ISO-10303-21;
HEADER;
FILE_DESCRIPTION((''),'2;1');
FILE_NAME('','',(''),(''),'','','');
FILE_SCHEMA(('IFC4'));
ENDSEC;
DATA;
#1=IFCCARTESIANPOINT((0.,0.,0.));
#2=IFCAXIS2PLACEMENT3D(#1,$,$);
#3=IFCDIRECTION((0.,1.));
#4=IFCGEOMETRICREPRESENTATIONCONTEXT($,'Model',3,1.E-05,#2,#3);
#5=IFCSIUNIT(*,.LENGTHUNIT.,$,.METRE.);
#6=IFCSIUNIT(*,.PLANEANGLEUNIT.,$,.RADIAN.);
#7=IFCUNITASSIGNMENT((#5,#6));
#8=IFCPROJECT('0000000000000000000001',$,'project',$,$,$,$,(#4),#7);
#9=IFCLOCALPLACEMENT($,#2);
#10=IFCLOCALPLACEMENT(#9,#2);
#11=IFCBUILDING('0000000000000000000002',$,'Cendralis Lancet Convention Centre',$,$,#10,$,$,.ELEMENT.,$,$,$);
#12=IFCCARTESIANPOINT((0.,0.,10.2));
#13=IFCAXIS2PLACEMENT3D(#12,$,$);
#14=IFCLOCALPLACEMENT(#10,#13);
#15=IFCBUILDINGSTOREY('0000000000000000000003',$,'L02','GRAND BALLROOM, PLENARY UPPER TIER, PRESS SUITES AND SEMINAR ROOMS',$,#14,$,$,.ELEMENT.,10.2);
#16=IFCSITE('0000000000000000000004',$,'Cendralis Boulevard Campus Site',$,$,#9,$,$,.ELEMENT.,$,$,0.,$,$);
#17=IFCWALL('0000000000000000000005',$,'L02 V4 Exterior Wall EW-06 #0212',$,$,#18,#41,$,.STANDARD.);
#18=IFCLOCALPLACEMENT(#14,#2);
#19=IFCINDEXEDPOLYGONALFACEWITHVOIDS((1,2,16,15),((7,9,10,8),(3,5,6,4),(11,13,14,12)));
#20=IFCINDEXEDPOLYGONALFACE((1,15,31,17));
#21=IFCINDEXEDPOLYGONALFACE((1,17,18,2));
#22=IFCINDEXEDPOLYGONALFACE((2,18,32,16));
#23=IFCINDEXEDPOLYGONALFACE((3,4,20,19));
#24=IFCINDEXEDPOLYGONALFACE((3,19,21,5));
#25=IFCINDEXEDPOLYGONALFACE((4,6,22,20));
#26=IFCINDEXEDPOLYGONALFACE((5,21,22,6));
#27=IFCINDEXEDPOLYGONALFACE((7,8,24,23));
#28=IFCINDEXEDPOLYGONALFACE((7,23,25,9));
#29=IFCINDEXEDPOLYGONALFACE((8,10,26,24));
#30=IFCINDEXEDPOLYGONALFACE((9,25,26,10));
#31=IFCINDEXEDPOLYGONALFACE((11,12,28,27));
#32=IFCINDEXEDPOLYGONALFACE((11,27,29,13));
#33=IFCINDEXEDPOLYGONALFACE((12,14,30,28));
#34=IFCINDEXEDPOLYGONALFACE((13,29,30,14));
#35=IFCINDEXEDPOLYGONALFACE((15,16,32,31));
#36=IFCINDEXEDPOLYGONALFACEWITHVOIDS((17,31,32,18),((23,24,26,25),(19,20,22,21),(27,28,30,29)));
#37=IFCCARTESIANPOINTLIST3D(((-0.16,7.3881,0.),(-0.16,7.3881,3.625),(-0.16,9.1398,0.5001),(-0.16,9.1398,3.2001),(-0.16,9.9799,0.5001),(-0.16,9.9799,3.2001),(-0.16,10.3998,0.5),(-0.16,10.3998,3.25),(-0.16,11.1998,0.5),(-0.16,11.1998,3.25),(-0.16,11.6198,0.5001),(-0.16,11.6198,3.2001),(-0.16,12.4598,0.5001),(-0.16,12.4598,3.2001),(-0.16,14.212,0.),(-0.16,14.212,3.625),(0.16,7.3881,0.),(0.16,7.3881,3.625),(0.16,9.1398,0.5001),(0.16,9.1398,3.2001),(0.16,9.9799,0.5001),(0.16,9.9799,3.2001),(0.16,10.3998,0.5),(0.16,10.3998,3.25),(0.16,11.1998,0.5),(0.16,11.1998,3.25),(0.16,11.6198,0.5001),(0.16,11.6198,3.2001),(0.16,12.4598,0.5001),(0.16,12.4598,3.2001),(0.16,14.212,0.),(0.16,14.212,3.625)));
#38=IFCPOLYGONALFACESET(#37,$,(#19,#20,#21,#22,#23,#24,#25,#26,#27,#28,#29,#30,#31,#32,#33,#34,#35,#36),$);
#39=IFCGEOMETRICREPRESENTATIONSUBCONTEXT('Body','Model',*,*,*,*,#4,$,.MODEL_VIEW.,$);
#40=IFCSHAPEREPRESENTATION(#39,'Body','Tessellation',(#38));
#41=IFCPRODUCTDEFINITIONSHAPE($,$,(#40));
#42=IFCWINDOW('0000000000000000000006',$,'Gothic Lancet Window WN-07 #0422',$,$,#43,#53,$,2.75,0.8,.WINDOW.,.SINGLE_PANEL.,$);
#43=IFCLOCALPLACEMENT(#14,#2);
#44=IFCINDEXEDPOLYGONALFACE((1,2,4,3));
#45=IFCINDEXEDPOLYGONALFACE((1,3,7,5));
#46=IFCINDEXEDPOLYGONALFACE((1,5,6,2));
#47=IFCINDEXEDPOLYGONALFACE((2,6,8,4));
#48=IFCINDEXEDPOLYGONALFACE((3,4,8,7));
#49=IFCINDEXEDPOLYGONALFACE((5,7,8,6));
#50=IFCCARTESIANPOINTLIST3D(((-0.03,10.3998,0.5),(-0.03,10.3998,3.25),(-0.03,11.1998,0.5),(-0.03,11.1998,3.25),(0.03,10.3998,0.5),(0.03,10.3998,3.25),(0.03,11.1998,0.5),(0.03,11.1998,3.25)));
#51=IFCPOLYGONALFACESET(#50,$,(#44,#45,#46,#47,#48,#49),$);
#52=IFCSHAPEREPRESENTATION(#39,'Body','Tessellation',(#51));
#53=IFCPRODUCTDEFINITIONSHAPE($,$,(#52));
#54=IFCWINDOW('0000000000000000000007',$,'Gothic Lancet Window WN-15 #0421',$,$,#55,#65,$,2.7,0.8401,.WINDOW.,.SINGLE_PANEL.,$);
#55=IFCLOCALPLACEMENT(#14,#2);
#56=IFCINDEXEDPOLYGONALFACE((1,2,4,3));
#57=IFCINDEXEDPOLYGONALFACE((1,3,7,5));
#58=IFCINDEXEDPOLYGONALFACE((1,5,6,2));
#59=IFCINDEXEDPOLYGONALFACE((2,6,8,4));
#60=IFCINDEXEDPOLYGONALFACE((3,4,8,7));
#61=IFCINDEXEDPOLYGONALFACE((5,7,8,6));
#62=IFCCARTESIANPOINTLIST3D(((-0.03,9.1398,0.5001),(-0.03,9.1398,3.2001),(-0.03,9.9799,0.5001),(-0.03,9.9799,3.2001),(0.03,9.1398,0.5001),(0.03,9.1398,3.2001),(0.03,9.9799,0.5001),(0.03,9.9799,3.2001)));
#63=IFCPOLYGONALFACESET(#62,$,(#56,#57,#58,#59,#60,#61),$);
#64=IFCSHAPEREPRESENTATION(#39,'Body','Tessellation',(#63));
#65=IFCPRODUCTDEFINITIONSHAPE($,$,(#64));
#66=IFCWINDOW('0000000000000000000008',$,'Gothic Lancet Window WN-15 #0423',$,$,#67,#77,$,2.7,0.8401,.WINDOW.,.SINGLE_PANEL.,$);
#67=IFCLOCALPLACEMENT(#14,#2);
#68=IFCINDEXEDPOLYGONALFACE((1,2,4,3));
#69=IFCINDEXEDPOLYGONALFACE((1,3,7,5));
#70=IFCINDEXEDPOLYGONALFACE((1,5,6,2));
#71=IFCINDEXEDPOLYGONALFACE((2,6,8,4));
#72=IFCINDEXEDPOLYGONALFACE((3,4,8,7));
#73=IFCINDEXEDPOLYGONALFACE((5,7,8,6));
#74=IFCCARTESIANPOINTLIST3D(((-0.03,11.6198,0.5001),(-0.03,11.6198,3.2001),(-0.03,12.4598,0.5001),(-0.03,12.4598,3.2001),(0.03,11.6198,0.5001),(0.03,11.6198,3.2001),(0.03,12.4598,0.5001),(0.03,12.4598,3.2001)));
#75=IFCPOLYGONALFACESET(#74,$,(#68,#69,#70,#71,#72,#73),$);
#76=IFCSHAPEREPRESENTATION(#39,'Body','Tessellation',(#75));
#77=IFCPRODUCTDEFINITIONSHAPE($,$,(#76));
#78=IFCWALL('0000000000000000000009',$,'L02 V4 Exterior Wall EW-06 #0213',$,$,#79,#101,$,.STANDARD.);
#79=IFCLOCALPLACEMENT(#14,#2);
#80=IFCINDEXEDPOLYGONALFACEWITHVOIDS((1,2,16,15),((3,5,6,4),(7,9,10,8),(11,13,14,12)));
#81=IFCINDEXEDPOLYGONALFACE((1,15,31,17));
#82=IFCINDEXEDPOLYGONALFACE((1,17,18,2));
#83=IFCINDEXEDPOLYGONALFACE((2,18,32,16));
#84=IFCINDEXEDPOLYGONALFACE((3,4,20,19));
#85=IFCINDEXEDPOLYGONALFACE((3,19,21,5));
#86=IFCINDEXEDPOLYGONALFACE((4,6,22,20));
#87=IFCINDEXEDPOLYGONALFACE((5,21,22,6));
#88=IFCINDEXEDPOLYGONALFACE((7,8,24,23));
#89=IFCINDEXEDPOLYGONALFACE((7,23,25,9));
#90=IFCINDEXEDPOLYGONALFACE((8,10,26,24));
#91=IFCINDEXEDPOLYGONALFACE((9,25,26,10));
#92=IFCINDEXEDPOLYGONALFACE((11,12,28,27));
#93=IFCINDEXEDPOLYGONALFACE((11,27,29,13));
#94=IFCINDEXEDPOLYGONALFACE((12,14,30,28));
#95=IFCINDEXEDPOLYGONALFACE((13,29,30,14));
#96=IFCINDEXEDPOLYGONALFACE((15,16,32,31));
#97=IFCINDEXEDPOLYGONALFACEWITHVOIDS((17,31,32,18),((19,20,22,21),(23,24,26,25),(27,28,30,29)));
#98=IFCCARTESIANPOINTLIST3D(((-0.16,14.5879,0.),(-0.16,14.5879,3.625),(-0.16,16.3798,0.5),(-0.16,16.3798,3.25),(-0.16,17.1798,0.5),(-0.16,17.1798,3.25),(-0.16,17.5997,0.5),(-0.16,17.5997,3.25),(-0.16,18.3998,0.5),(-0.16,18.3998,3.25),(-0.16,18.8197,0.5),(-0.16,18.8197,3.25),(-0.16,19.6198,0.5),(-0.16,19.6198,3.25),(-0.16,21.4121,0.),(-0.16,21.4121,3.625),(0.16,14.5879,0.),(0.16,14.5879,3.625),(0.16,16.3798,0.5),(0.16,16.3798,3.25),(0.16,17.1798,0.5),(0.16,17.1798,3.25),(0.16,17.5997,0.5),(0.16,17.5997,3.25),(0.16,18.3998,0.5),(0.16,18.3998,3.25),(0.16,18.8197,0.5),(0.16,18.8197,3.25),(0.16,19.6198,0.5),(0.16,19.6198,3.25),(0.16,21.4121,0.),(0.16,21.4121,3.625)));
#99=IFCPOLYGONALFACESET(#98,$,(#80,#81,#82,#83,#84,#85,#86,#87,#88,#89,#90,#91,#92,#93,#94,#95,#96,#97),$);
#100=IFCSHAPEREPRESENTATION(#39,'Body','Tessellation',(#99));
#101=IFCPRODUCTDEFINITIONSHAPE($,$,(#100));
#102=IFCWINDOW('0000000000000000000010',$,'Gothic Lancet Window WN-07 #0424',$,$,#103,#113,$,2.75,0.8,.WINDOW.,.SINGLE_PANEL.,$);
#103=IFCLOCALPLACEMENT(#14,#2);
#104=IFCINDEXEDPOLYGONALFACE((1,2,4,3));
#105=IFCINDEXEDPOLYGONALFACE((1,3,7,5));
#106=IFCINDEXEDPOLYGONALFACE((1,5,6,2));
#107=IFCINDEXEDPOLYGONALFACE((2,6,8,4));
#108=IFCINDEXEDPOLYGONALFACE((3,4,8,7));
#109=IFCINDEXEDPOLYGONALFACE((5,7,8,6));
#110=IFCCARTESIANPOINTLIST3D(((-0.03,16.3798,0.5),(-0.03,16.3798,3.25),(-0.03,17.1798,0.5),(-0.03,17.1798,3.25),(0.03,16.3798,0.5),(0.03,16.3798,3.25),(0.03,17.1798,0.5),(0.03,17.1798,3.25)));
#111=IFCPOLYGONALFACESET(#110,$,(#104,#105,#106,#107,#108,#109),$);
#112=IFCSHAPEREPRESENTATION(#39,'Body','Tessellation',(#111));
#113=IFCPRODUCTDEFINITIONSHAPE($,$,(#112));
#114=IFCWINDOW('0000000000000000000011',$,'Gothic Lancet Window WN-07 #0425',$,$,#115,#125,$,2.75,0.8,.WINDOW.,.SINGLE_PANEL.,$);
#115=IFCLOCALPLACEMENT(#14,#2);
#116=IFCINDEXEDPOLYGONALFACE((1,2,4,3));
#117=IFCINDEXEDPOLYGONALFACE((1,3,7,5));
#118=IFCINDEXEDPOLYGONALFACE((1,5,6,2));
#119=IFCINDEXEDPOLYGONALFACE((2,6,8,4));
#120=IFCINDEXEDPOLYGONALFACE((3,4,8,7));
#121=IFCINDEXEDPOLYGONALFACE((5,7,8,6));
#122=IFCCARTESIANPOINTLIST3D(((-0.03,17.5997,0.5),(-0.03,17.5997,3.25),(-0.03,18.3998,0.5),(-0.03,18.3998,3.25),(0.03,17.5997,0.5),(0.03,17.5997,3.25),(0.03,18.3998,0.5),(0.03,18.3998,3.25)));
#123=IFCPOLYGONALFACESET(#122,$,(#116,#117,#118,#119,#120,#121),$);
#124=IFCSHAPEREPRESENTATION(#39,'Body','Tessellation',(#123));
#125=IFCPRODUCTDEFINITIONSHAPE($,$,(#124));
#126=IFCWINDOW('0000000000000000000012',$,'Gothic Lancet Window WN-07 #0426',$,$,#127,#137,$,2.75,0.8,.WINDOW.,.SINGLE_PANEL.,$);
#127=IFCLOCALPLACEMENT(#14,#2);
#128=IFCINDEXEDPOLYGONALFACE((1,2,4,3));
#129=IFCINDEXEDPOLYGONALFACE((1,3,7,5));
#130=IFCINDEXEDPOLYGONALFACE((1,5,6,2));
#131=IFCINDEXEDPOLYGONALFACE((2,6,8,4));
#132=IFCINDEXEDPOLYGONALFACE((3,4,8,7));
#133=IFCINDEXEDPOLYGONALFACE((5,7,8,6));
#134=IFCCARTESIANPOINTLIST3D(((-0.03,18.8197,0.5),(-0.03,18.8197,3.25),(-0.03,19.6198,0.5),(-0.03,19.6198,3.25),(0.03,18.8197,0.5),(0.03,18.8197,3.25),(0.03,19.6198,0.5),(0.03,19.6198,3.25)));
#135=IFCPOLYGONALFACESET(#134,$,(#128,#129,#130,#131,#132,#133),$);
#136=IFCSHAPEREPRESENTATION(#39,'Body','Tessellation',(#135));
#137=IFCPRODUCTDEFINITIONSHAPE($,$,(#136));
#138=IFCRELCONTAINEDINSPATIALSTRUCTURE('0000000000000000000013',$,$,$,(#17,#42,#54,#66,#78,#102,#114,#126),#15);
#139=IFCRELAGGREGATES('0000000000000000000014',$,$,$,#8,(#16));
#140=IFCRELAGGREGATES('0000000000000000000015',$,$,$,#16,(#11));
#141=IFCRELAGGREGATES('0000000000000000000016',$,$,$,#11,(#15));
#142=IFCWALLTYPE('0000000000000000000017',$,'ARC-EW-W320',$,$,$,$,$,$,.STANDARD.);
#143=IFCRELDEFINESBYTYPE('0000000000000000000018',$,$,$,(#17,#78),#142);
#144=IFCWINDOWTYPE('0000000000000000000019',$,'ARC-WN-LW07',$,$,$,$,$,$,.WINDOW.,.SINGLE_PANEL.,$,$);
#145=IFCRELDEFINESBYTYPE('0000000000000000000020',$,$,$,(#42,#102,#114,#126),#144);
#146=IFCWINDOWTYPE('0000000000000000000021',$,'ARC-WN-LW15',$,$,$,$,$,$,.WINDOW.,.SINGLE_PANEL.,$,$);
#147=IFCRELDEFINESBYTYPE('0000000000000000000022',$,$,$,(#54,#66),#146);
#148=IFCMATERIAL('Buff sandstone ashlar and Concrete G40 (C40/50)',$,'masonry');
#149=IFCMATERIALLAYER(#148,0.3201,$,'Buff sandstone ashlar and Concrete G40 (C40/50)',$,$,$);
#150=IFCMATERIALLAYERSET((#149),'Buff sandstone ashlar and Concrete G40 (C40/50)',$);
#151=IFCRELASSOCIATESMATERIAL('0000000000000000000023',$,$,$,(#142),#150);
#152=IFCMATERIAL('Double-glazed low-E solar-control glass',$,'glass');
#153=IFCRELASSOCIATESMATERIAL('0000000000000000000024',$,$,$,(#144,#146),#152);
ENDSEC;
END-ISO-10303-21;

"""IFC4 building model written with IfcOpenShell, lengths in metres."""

from ifc_helpers import new_model, si_unit, direction, frame, frame_2d, origin, place, context, subcontext, project, spatial, rectangle, extrude, material, layer, layer_set, type_object, element, fill, save


model = new_model("IFC4")

# Units and contexts
model_context = context("Model", 3, precision=1e-05, world=origin(), true_north=direction((0.0, 1.0)))
body_context = subcontext(model_context, "Body", "Model", "MODEL_VIEW")
ifc_project = project(units=[si_unit("LENGTHUNIT", "METRE"), si_unit("PLANEANGLEUNIT", "RADIAN")], contexts=[model_context])

# Site, building, storey
site_placement = place(None, origin())
site = spatial("IfcSite", under=ifc_project, at=site_placement, Name="Cendralis Boulevard Campus Site", CompositionType="ELEMENT", RefElevation=0.0)
building_placement = place(site_placement, origin())
building = spatial("IfcBuilding", under=site, at=building_placement, Name="Cendralis Lancet Convention Centre", CompositionType="ELEMENT")
storey_placement = place(building_placement, frame((0.0, 0.0, 10.2)))
storey = spatial("IfcBuildingStorey", under=building, at=storey_placement, Name="L02", Description="GRAND BALLROOM, PLENARY UPPER TIER, PRESS SUITES AND SEMINAR ROOMS", CompositionType="ELEMENT", Elevation=10.2)

# Walls, openings, windows
ifc_material_1 = material(Name="Buff sandstone ashlar and Concrete G40 (C40/50)", Category="masonry")
ifc_layer_1 = layer(ifc_material_1, 0.3201, Name="Buff sandstone ashlar and Concrete G40 (C40/50)")
ifc_layer_set_1 = layer_set([ifc_layer_1], Name="Buff sandstone ashlar and Concrete G40 (C40/50)")
wall_type_1 = type_object("IfcWallType", Name="ARC-EW-W320", PredefinedType="STANDARD", material=ifc_layer_set_1)
wall_1_placement = place(storey_placement, frame((0.0, 7.3879, 0.0), z_axis=(0.0, 0.0, 1.0), x_axis=(0.0, 1.0, 0.0)))
wall_1 = element("IfcWall", 1, at=wall_1_placement, inside=storey, type_object=wall_type_1, Name="L02 V4 Exterior Wall EW-06 #0212", PredefinedType="STANDARD", context=body_context, shape_type="SweptSolid", body=[
    extrude(rectangle(XDim=6.824, YDim=0.3201, at=frame_2d((3.4121, 0.0))), origin(), (0.0, 0.0, 1.0), 3.625),
])
opening_1_placement = place(wall_1_placement, frame((1.752, 0.0, 0.5)))
opening_1 = element("IfcOpeningElement", 2, at=opening_1_placement, cuts=wall_1, PredefinedType="OPENING", context=body_context, shape_type="SweptSolid", body=[
    extrude(rectangle(XDim=0.8401, YDim=2.7, at=frame_2d((0.4199, 1.3501))), frame((0.0, 0.1699, 0.0), z_axis=(0.0, -1.0, 0.0), x_axis=(1.0, 0.0, 0.0)), (0.0, 0.0, 1.0), 0.3401),
])
opening_2_placement = place(wall_1_placement, frame((3.012, 0.0, 0.5)))
opening_2 = element("IfcOpeningElement", 3, at=opening_2_placement, cuts=wall_1, PredefinedType="OPENING", context=body_context, shape_type="SweptSolid", body=[
    extrude(rectangle(XDim=0.8, YDim=2.75, at=frame_2d((0.3999, 1.375))), frame((0.0, 0.1699, 0.0), z_axis=(0.0, -1.0, 0.0), x_axis=(1.0, 0.0, 0.0)), (0.0, 0.0, 1.0), 0.3401),
])
opening_3_placement = place(wall_1_placement, frame((4.2319, 0.0, 0.5)))
opening_3 = element("IfcOpeningElement", 4, at=opening_3_placement, cuts=wall_1, PredefinedType="OPENING", context=body_context, shape_type="SweptSolid", body=[
    extrude(rectangle(XDim=0.8401, YDim=2.7, at=frame_2d((0.4199, 1.3501))), frame((0.0, 0.1699, 0.0), z_axis=(0.0, -1.0, 0.0), x_axis=(1.0, 0.0, 0.0)), (0.0, 0.0, 1.0), 0.3401),
])
ifc_material_2 = material(Name="Double-glazed low-E solar-control glass", Category="glass")
window_type_1 = type_object("IfcWindowType", Name="ARC-WN-LW07", PartitioningType="SINGLE_PANEL", PredefinedType="WINDOW", material=ifc_material_2)
window_1_placement = place(opening_2_placement, origin())
window_1 = element("IfcWindow", 5, at=window_1_placement, inside=storey, type_object=window_type_1, Name="Gothic Lancet Window WN-07 #0422", OverallHeight=2.75, OverallWidth=0.8, PartitioningType="SINGLE_PANEL", PredefinedType="WINDOW", context=body_context, shape_type="SweptSolid", body=[
    extrude(rectangle(XDim=0.8, YDim=2.75, at=frame_2d((0.3999, 1.375))), frame((0.0, 0.03, 0.0), z_axis=(0.0, -1.0, 0.0), x_axis=(1.0, 0.0, 0.0)), (0.0, 0.0, 1.0), 0.0601),
])
fill(opening_2, window_1)
window_type_2 = type_object("IfcWindowType", Name="ARC-WN-LW15", PartitioningType="SINGLE_PANEL", PredefinedType="WINDOW", material=ifc_material_2)
window_2_placement = place(opening_1_placement, origin())
window_2 = element("IfcWindow", 6, at=window_2_placement, inside=storey, type_object=window_type_2, Name="Gothic Lancet Window WN-15 #0421", OverallHeight=2.7, OverallWidth=0.8401, PartitioningType="SINGLE_PANEL", PredefinedType="WINDOW", context=body_context, shape_type="SweptSolid", body=[
    extrude(rectangle(XDim=0.8401, YDim=2.7, at=frame_2d((0.4199, 1.3501))), frame((0.0, 0.03, 0.0), z_axis=(0.0, -1.0, 0.0), x_axis=(1.0, 0.0, 0.0)), (0.0, 0.0, 1.0), 0.0601),
])
fill(opening_1, window_2)
window_3_placement = place(opening_3_placement, origin())
window_3 = element("IfcWindow", 7, at=window_3_placement, inside=storey, type_object=window_type_2, Name="Gothic Lancet Window WN-15 #0423", OverallHeight=2.7, OverallWidth=0.8401, PartitioningType="SINGLE_PANEL", PredefinedType="WINDOW", context=body_context, shape_type="SweptSolid", body=[
    extrude(rectangle(XDim=0.8401, YDim=2.7, at=frame_2d((0.4199, 1.3501))), frame((0.0, 0.03, 0.0), z_axis=(0.0, -1.0, 0.0), x_axis=(1.0, 0.0, 0.0)), (0.0, 0.0, 1.0), 0.0601),
])
fill(opening_3, window_3)
wall_2_placement = place(storey_placement, frame((0.0, 14.5879, 0.0), z_axis=(0.0, 0.0, 1.0), x_axis=(0.0, 1.0, 0.0)))
wall_2 = element("IfcWall", 8, at=wall_2_placement, inside=storey, type_object=wall_type_1, Name="L02 V4 Exterior Wall EW-06 #0213", PredefinedType="STANDARD", context=body_context, shape_type="SweptSolid", body=[
    extrude(rectangle(XDim=6.8242, YDim=0.3201, at=frame_2d((3.4121, 0.0))), origin(), (0.0, 0.0, 1.0), 3.625),
])
opening_4_placement = place(wall_2_placement, frame((1.792, 0.0, 0.5)))
opening_4 = element("IfcOpeningElement", 9, at=opening_4_placement, cuts=wall_2, PredefinedType="OPENING", context=body_context, shape_type="SweptSolid", body=[
    extrude(rectangle(XDim=0.8, YDim=2.75, at=frame_2d((0.3999, 1.375))), frame((0.0, 0.1699, 0.0), z_axis=(0.0, -1.0, 0.0), x_axis=(1.0, 0.0, 0.0)), (0.0, 0.0, 1.0), 0.3401),
])
opening_5_placement = place(wall_2_placement, frame((3.012, 0.0, 0.5)))
opening_5 = element("IfcOpeningElement", 10, at=opening_5_placement, cuts=wall_2, PredefinedType="OPENING", context=body_context, shape_type="SweptSolid", body=[
    extrude(rectangle(XDim=0.8, YDim=2.75, at=frame_2d((0.3999, 1.375))), frame((0.0, 0.1699, 0.0), z_axis=(0.0, -1.0, 0.0), x_axis=(1.0, 0.0, 0.0)), (0.0, 0.0, 1.0), 0.3401),
])
opening_6_placement = place(wall_2_placement, frame((4.2319, 0.0, 0.5)))
opening_6 = element("IfcOpeningElement", 11, at=opening_6_placement, cuts=wall_2, PredefinedType="OPENING", context=body_context, shape_type="SweptSolid", body=[
    extrude(rectangle(XDim=0.8, YDim=2.75, at=frame_2d((0.3999, 1.375))), frame((0.0, 0.1699, 0.0), z_axis=(0.0, -1.0, 0.0), x_axis=(1.0, 0.0, 0.0)), (0.0, 0.0, 1.0), 0.3401),
])
window_4_placement = place(opening_4_placement, origin())
window_4 = element("IfcWindow", 12, at=window_4_placement, inside=storey, type_object=window_type_1, Name="Gothic Lancet Window WN-07 #0424", OverallHeight=2.75, OverallWidth=0.8, PartitioningType="SINGLE_PANEL", PredefinedType="WINDOW", context=body_context, shape_type="SweptSolid", body=[
    extrude(rectangle(XDim=0.8, YDim=2.75, at=frame_2d((0.3999, 1.375))), frame((0.0, 0.03, 0.0), z_axis=(0.0, -1.0, 0.0), x_axis=(1.0, 0.0, 0.0)), (0.0, 0.0, 1.0), 0.0601),
])
fill(opening_4, window_4)
window_5_placement = place(opening_5_placement, origin())
window_5 = element("IfcWindow", 13, at=window_5_placement, inside=storey, type_object=window_type_1, Name="Gothic Lancet Window WN-07 #0425", OverallHeight=2.75, OverallWidth=0.8, PartitioningType="SINGLE_PANEL", PredefinedType="WINDOW", context=body_context, shape_type="SweptSolid", body=[
    extrude(rectangle(XDim=0.8, YDim=2.75, at=frame_2d((0.3999, 1.375))), frame((0.0, 0.03, 0.0), z_axis=(0.0, -1.0, 0.0), x_axis=(1.0, 0.0, 0.0)), (0.0, 0.0, 1.0), 0.0601),
])
fill(opening_5, window_5)
window_6_placement = place(opening_6_placement, origin())
window_6 = element("IfcWindow", 14, at=window_6_placement, inside=storey, type_object=window_type_1, Name="Gothic Lancet Window WN-07 #0426", OverallHeight=2.75, OverallWidth=0.8, PartitioningType="SINGLE_PANEL", PredefinedType="WINDOW", context=body_context, shape_type="SweptSolid", body=[
    extrude(rectangle(XDim=0.8, YDim=2.75, at=frame_2d((0.3999, 1.375))), frame((0.0, 0.03, 0.0), z_axis=(0.0, -1.0, 0.0), x_axis=(1.0, 0.0, 0.0)), (0.0, 0.0, 1.0), 0.0601),
])
fill(opening_6, window_6)

save(model, "model.ifc")
